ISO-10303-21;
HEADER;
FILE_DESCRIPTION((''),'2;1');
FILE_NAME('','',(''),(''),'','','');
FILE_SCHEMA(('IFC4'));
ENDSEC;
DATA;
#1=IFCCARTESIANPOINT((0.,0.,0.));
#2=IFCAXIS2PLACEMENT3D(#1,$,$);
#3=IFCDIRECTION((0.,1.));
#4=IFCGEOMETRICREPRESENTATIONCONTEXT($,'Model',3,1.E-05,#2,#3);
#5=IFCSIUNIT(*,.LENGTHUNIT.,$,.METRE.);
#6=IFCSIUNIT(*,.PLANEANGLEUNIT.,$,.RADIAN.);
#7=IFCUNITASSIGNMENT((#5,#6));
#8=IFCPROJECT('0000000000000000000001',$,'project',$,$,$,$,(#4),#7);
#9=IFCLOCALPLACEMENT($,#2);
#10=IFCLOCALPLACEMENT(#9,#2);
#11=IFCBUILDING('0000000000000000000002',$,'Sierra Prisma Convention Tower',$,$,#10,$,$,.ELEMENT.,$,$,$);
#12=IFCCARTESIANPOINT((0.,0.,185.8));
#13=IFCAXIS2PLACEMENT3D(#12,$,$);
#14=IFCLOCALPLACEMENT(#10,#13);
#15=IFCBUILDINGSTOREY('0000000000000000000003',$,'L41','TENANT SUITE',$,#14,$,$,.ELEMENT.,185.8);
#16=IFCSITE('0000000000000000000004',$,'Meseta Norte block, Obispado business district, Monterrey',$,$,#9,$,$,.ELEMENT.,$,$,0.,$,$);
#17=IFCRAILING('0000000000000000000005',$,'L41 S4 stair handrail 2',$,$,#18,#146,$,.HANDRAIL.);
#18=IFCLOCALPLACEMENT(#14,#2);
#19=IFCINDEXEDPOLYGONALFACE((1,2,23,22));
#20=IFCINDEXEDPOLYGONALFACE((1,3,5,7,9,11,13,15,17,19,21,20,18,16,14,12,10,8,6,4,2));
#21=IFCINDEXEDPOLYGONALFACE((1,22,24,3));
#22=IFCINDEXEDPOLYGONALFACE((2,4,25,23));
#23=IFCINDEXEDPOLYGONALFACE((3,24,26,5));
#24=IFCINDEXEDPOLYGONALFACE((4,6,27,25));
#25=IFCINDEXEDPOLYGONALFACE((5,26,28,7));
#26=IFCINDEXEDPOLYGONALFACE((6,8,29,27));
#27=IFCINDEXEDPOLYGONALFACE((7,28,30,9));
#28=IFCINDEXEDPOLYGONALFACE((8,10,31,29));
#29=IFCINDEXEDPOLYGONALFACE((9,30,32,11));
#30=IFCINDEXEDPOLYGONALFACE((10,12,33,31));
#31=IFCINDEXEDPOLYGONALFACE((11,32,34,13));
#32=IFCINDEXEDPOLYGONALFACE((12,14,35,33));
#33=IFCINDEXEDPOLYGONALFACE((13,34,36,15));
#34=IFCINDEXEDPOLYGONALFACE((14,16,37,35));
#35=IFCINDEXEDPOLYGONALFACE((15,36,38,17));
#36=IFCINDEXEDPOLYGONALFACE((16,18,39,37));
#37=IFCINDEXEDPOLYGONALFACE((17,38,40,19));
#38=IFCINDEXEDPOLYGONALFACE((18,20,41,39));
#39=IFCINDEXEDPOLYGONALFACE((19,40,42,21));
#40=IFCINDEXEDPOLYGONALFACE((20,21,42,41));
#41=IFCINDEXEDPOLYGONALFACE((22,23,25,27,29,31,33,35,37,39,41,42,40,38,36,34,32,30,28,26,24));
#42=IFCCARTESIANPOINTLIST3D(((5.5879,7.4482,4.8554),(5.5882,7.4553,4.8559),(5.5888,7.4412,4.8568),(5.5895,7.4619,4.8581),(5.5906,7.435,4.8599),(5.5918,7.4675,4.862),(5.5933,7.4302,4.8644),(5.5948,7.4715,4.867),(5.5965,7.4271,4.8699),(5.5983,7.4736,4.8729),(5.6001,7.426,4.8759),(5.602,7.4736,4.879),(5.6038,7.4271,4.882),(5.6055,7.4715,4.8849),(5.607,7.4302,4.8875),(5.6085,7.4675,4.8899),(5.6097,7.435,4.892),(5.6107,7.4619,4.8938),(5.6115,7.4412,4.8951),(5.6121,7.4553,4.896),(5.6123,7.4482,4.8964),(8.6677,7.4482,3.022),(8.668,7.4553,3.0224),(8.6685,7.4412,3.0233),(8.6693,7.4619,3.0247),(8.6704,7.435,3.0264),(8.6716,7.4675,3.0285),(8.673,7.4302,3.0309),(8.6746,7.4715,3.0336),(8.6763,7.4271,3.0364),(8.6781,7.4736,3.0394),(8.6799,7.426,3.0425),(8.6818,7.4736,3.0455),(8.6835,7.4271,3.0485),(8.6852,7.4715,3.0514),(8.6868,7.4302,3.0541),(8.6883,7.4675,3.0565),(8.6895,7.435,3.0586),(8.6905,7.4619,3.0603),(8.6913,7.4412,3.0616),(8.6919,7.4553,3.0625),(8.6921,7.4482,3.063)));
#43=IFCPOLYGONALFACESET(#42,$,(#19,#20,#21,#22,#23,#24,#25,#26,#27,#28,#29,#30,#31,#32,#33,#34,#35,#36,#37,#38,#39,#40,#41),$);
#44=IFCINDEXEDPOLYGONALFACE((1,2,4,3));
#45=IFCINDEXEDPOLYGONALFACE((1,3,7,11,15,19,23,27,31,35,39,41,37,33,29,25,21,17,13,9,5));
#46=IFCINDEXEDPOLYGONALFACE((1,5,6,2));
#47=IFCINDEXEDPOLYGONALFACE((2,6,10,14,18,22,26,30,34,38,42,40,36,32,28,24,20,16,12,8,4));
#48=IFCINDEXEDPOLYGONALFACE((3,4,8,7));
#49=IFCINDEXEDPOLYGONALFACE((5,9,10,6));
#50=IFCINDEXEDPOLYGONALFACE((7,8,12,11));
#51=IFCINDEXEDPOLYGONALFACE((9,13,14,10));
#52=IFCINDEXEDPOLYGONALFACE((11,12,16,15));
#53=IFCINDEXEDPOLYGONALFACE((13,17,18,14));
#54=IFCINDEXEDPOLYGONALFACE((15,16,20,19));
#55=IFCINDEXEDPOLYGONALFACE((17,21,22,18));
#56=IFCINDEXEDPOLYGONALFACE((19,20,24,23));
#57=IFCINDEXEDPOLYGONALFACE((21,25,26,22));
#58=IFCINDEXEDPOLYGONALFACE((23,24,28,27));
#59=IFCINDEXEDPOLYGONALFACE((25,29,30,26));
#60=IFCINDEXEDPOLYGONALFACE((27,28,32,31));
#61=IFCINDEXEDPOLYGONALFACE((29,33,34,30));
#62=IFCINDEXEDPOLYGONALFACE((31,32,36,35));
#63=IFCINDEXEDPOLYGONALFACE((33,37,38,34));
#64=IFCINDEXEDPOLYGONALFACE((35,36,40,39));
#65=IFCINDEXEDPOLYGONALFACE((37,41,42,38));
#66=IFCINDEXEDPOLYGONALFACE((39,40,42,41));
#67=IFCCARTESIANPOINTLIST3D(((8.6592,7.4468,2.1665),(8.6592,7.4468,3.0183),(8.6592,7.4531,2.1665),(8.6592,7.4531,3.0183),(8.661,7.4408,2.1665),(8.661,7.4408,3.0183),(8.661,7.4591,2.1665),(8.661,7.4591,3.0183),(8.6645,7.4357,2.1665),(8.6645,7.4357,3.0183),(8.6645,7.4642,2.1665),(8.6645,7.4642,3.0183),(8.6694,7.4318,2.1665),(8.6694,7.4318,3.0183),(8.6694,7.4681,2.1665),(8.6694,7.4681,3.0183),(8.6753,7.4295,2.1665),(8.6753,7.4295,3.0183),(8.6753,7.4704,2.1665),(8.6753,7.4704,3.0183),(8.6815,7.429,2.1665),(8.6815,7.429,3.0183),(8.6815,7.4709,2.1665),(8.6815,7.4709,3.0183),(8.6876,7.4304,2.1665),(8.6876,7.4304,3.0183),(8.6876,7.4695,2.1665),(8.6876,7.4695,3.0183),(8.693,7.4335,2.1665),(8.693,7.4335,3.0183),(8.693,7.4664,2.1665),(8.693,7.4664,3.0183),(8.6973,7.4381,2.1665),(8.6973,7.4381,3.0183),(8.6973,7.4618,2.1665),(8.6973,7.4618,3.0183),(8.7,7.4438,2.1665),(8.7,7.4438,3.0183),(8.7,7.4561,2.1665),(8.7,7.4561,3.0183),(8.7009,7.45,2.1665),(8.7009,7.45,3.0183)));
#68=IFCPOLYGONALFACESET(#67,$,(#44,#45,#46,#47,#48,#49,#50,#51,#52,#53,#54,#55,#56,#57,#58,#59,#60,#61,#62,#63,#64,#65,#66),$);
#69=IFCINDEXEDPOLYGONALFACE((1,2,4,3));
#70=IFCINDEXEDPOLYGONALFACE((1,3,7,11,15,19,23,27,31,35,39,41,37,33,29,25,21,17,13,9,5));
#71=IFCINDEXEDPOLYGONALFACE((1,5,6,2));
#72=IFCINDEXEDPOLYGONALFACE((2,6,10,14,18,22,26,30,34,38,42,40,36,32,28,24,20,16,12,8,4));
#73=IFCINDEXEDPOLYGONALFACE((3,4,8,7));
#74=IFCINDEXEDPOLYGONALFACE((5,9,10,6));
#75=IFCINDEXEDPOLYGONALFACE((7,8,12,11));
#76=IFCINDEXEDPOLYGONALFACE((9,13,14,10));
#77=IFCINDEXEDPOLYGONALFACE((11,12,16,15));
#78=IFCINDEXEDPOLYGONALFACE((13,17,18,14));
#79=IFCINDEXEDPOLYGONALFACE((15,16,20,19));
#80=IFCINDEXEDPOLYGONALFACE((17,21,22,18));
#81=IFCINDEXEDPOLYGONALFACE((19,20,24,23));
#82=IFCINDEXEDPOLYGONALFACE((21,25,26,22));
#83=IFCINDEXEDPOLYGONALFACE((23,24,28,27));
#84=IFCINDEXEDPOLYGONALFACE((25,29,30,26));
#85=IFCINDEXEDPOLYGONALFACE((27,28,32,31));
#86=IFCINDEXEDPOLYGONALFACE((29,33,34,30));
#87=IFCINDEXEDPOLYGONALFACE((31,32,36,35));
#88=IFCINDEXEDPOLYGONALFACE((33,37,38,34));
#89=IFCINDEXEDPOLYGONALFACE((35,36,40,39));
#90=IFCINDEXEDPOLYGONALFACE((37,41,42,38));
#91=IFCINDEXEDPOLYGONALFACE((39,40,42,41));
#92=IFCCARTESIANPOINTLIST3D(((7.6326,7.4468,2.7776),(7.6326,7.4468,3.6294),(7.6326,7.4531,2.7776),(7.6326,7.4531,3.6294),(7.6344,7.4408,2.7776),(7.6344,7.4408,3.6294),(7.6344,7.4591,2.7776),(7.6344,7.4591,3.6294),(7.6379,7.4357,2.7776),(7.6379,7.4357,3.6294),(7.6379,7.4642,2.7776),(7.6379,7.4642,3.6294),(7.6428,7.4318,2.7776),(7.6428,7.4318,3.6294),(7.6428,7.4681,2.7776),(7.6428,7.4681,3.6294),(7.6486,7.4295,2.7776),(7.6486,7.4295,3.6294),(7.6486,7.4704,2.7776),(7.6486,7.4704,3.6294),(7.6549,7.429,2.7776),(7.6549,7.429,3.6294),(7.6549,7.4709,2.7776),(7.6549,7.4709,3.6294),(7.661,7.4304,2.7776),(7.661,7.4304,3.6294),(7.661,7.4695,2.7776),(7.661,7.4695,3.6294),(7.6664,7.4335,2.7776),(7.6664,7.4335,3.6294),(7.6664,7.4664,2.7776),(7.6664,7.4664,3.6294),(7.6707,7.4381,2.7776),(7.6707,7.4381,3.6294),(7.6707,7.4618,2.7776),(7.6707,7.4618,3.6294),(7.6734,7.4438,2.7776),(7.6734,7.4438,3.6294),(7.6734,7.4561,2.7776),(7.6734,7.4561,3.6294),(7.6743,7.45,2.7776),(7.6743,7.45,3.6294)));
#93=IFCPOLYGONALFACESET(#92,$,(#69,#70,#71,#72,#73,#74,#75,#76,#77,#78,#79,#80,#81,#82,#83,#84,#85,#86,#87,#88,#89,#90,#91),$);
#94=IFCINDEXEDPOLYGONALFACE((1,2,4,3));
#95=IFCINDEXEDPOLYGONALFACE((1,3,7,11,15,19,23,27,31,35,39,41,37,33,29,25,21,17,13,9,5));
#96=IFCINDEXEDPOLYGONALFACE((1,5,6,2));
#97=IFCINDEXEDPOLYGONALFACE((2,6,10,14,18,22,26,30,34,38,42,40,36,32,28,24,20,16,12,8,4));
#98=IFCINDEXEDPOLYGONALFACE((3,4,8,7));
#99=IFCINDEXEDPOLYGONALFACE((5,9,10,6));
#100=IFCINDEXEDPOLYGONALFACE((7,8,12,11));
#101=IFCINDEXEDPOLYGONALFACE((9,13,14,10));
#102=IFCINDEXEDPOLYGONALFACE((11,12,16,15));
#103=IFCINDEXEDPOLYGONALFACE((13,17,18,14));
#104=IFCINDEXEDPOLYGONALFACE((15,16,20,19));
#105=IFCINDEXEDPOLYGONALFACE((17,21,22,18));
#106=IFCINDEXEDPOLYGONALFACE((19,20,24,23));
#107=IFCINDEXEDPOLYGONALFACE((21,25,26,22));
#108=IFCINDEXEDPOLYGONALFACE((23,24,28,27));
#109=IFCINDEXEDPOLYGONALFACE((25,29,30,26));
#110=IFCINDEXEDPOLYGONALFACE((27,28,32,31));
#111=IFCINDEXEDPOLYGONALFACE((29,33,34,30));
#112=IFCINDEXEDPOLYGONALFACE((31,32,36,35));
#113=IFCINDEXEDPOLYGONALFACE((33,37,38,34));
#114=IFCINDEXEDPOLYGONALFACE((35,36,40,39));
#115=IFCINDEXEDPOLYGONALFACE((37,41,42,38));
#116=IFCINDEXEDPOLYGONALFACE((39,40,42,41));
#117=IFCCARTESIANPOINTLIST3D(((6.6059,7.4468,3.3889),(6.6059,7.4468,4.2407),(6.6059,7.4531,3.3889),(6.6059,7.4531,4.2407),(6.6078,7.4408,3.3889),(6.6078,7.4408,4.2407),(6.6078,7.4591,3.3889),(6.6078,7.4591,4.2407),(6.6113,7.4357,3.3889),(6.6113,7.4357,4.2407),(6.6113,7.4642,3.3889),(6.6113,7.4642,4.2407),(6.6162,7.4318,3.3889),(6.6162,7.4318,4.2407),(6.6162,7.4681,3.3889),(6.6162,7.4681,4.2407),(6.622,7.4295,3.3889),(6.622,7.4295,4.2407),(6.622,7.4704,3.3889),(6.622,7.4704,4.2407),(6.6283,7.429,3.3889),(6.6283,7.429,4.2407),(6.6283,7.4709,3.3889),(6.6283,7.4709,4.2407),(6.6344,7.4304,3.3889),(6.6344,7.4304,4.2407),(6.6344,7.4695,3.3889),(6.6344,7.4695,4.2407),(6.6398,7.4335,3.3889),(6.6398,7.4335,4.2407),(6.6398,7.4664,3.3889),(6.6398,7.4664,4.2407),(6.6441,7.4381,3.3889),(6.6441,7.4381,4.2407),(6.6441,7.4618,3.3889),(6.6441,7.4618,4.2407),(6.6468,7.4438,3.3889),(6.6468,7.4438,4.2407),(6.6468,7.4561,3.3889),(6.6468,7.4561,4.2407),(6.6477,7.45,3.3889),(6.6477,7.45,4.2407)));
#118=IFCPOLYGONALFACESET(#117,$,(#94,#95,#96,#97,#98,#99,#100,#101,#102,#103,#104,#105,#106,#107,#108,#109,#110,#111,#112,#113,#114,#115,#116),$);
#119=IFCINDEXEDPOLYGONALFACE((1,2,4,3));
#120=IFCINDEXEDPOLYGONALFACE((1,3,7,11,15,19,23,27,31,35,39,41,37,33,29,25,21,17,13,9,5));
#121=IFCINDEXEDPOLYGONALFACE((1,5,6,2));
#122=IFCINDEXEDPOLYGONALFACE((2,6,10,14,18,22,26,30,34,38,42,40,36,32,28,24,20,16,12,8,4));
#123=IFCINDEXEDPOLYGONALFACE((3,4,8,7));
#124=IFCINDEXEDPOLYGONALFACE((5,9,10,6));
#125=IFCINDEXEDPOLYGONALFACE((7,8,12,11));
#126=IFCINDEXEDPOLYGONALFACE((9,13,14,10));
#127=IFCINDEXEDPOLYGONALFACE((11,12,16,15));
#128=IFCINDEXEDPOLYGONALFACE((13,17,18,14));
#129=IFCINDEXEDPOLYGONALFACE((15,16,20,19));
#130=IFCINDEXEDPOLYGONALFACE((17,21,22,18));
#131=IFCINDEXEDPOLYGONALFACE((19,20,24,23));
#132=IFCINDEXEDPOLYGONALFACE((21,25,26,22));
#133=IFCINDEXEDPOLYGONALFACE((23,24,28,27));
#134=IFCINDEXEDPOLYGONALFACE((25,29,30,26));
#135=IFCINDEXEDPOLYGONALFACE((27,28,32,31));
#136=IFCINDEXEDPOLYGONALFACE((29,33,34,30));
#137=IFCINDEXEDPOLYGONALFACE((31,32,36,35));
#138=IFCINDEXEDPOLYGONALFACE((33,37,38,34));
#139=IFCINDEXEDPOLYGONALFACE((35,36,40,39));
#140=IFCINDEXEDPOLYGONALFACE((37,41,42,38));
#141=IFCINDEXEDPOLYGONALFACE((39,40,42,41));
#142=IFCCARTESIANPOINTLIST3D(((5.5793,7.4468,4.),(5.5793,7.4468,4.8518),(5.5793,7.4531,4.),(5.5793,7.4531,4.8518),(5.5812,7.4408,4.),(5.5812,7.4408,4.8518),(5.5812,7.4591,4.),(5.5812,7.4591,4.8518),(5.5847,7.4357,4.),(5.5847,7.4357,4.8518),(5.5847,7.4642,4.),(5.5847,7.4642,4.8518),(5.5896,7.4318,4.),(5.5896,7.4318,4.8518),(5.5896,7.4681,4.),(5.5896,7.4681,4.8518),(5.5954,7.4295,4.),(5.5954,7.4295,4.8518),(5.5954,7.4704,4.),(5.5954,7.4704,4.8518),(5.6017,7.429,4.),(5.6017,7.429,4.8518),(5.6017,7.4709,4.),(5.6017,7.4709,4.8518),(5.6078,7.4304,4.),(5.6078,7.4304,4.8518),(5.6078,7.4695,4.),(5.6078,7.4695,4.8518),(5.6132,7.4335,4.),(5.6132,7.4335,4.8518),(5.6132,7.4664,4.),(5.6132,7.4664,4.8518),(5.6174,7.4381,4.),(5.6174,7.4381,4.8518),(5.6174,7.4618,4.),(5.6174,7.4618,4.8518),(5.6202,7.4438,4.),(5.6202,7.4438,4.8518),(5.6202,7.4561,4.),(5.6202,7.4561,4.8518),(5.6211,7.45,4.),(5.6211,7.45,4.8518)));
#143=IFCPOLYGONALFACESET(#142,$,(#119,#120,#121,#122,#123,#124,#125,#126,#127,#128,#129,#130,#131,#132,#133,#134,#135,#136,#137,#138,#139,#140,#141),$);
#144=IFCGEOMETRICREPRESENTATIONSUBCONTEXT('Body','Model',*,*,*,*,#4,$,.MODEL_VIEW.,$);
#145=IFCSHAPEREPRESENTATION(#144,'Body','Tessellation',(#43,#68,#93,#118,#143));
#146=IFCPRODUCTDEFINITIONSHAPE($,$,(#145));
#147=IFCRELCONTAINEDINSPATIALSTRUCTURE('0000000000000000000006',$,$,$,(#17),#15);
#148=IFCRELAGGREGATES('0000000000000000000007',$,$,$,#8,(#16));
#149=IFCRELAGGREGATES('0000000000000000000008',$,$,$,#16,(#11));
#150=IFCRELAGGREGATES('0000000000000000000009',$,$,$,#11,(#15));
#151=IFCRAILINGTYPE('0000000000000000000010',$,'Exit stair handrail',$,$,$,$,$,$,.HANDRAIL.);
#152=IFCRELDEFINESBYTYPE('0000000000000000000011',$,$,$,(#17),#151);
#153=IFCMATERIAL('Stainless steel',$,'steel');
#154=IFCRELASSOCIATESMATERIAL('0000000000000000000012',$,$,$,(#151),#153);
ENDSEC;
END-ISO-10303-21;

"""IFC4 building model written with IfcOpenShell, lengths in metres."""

from ifc_helpers import new_model, si_unit, direction, frame, origin, origin_2d, place, context, subcontext, project, spatial, circle, extrude, material, type_object, element, save


model = new_model("IFC4")

# Units and contexts
model_context = context("Model", 3, precision=1e-05, world=origin(), true_north=direction((0.0, 1.0)))
body_context = subcontext(model_context, "Body", "Model", "MODEL_VIEW")
ifc_project = project(units=[si_unit("LENGTHUNIT", "METRE"), si_unit("PLANEANGLEUNIT", "RADIAN")], contexts=[model_context])

# Site, building, storey
site_placement = place(None, origin())
site = spatial("IfcSite", under=ifc_project, at=site_placement, Name="Meseta Norte block, Obispado business district, Monterrey", CompositionType="ELEMENT", RefElevation=0.0)
building_placement = place(site_placement, origin())
building = spatial("IfcBuilding", under=site, at=building_placement, Name="Sierra Prisma Convention Tower", CompositionType="ELEMENT")
storey_placement = place(building_placement, frame((0.0, 0.0, 185.8)))
storey = spatial("IfcBuildingStorey", under=building, at=storey_placement, Name="L41", Description="TENANT SUITE", CompositionType="ELEMENT", Elevation=185.8)

# Railing
ifc_material_1 = material(Name="Stainless steel", Category="steel")
railing_type_1 = type_object("IfcRailingType", Name="Exit stair handrail", PredefinedType="HANDRAIL", material=ifc_material_1)
railing_1_placement = place(storey_placement, frame((8.6799, 7.45, 2.1665)))
element("IfcRailing", 1, at=railing_1_placement, inside=storey, type_object=railing_type_1, Name="L41 S4 stair handrail 2", PredefinedType="HANDRAIL", context=body_context, shape_type="SweptSolid", body=[
    extrude(circle(Radius=0.0239, at=origin_2d()), frame((0.0, 0.0, 0.876), z_axis=(-0.859261, 0.0, 0.511538), x_axis=(0.0, -1.0, 0.0)), (0.0, 0.0, 1.0), 3.5842),
    extrude(circle(Radius=0.021, at=origin_2d()), origin(), (0.0, 0.0, 1.0), 0.8518),
    extrude(circle(Radius=0.021, at=origin_2d()), frame((-1.0266, 0.0, 0.6111)), (0.0, 0.0, 1.0), 0.8518),
    extrude(circle(Radius=0.021, at=origin_2d()), frame((-2.0532, 0.0, 1.2224)), (0.0, 0.0, 1.0), 0.8518),
    extrude(circle(Radius=0.021, at=origin_2d()), frame((-3.0798, 0.0, 1.8335)), (0.0, 0.0, 1.0), 0.8518),
])

save(model, "model.ifc")
